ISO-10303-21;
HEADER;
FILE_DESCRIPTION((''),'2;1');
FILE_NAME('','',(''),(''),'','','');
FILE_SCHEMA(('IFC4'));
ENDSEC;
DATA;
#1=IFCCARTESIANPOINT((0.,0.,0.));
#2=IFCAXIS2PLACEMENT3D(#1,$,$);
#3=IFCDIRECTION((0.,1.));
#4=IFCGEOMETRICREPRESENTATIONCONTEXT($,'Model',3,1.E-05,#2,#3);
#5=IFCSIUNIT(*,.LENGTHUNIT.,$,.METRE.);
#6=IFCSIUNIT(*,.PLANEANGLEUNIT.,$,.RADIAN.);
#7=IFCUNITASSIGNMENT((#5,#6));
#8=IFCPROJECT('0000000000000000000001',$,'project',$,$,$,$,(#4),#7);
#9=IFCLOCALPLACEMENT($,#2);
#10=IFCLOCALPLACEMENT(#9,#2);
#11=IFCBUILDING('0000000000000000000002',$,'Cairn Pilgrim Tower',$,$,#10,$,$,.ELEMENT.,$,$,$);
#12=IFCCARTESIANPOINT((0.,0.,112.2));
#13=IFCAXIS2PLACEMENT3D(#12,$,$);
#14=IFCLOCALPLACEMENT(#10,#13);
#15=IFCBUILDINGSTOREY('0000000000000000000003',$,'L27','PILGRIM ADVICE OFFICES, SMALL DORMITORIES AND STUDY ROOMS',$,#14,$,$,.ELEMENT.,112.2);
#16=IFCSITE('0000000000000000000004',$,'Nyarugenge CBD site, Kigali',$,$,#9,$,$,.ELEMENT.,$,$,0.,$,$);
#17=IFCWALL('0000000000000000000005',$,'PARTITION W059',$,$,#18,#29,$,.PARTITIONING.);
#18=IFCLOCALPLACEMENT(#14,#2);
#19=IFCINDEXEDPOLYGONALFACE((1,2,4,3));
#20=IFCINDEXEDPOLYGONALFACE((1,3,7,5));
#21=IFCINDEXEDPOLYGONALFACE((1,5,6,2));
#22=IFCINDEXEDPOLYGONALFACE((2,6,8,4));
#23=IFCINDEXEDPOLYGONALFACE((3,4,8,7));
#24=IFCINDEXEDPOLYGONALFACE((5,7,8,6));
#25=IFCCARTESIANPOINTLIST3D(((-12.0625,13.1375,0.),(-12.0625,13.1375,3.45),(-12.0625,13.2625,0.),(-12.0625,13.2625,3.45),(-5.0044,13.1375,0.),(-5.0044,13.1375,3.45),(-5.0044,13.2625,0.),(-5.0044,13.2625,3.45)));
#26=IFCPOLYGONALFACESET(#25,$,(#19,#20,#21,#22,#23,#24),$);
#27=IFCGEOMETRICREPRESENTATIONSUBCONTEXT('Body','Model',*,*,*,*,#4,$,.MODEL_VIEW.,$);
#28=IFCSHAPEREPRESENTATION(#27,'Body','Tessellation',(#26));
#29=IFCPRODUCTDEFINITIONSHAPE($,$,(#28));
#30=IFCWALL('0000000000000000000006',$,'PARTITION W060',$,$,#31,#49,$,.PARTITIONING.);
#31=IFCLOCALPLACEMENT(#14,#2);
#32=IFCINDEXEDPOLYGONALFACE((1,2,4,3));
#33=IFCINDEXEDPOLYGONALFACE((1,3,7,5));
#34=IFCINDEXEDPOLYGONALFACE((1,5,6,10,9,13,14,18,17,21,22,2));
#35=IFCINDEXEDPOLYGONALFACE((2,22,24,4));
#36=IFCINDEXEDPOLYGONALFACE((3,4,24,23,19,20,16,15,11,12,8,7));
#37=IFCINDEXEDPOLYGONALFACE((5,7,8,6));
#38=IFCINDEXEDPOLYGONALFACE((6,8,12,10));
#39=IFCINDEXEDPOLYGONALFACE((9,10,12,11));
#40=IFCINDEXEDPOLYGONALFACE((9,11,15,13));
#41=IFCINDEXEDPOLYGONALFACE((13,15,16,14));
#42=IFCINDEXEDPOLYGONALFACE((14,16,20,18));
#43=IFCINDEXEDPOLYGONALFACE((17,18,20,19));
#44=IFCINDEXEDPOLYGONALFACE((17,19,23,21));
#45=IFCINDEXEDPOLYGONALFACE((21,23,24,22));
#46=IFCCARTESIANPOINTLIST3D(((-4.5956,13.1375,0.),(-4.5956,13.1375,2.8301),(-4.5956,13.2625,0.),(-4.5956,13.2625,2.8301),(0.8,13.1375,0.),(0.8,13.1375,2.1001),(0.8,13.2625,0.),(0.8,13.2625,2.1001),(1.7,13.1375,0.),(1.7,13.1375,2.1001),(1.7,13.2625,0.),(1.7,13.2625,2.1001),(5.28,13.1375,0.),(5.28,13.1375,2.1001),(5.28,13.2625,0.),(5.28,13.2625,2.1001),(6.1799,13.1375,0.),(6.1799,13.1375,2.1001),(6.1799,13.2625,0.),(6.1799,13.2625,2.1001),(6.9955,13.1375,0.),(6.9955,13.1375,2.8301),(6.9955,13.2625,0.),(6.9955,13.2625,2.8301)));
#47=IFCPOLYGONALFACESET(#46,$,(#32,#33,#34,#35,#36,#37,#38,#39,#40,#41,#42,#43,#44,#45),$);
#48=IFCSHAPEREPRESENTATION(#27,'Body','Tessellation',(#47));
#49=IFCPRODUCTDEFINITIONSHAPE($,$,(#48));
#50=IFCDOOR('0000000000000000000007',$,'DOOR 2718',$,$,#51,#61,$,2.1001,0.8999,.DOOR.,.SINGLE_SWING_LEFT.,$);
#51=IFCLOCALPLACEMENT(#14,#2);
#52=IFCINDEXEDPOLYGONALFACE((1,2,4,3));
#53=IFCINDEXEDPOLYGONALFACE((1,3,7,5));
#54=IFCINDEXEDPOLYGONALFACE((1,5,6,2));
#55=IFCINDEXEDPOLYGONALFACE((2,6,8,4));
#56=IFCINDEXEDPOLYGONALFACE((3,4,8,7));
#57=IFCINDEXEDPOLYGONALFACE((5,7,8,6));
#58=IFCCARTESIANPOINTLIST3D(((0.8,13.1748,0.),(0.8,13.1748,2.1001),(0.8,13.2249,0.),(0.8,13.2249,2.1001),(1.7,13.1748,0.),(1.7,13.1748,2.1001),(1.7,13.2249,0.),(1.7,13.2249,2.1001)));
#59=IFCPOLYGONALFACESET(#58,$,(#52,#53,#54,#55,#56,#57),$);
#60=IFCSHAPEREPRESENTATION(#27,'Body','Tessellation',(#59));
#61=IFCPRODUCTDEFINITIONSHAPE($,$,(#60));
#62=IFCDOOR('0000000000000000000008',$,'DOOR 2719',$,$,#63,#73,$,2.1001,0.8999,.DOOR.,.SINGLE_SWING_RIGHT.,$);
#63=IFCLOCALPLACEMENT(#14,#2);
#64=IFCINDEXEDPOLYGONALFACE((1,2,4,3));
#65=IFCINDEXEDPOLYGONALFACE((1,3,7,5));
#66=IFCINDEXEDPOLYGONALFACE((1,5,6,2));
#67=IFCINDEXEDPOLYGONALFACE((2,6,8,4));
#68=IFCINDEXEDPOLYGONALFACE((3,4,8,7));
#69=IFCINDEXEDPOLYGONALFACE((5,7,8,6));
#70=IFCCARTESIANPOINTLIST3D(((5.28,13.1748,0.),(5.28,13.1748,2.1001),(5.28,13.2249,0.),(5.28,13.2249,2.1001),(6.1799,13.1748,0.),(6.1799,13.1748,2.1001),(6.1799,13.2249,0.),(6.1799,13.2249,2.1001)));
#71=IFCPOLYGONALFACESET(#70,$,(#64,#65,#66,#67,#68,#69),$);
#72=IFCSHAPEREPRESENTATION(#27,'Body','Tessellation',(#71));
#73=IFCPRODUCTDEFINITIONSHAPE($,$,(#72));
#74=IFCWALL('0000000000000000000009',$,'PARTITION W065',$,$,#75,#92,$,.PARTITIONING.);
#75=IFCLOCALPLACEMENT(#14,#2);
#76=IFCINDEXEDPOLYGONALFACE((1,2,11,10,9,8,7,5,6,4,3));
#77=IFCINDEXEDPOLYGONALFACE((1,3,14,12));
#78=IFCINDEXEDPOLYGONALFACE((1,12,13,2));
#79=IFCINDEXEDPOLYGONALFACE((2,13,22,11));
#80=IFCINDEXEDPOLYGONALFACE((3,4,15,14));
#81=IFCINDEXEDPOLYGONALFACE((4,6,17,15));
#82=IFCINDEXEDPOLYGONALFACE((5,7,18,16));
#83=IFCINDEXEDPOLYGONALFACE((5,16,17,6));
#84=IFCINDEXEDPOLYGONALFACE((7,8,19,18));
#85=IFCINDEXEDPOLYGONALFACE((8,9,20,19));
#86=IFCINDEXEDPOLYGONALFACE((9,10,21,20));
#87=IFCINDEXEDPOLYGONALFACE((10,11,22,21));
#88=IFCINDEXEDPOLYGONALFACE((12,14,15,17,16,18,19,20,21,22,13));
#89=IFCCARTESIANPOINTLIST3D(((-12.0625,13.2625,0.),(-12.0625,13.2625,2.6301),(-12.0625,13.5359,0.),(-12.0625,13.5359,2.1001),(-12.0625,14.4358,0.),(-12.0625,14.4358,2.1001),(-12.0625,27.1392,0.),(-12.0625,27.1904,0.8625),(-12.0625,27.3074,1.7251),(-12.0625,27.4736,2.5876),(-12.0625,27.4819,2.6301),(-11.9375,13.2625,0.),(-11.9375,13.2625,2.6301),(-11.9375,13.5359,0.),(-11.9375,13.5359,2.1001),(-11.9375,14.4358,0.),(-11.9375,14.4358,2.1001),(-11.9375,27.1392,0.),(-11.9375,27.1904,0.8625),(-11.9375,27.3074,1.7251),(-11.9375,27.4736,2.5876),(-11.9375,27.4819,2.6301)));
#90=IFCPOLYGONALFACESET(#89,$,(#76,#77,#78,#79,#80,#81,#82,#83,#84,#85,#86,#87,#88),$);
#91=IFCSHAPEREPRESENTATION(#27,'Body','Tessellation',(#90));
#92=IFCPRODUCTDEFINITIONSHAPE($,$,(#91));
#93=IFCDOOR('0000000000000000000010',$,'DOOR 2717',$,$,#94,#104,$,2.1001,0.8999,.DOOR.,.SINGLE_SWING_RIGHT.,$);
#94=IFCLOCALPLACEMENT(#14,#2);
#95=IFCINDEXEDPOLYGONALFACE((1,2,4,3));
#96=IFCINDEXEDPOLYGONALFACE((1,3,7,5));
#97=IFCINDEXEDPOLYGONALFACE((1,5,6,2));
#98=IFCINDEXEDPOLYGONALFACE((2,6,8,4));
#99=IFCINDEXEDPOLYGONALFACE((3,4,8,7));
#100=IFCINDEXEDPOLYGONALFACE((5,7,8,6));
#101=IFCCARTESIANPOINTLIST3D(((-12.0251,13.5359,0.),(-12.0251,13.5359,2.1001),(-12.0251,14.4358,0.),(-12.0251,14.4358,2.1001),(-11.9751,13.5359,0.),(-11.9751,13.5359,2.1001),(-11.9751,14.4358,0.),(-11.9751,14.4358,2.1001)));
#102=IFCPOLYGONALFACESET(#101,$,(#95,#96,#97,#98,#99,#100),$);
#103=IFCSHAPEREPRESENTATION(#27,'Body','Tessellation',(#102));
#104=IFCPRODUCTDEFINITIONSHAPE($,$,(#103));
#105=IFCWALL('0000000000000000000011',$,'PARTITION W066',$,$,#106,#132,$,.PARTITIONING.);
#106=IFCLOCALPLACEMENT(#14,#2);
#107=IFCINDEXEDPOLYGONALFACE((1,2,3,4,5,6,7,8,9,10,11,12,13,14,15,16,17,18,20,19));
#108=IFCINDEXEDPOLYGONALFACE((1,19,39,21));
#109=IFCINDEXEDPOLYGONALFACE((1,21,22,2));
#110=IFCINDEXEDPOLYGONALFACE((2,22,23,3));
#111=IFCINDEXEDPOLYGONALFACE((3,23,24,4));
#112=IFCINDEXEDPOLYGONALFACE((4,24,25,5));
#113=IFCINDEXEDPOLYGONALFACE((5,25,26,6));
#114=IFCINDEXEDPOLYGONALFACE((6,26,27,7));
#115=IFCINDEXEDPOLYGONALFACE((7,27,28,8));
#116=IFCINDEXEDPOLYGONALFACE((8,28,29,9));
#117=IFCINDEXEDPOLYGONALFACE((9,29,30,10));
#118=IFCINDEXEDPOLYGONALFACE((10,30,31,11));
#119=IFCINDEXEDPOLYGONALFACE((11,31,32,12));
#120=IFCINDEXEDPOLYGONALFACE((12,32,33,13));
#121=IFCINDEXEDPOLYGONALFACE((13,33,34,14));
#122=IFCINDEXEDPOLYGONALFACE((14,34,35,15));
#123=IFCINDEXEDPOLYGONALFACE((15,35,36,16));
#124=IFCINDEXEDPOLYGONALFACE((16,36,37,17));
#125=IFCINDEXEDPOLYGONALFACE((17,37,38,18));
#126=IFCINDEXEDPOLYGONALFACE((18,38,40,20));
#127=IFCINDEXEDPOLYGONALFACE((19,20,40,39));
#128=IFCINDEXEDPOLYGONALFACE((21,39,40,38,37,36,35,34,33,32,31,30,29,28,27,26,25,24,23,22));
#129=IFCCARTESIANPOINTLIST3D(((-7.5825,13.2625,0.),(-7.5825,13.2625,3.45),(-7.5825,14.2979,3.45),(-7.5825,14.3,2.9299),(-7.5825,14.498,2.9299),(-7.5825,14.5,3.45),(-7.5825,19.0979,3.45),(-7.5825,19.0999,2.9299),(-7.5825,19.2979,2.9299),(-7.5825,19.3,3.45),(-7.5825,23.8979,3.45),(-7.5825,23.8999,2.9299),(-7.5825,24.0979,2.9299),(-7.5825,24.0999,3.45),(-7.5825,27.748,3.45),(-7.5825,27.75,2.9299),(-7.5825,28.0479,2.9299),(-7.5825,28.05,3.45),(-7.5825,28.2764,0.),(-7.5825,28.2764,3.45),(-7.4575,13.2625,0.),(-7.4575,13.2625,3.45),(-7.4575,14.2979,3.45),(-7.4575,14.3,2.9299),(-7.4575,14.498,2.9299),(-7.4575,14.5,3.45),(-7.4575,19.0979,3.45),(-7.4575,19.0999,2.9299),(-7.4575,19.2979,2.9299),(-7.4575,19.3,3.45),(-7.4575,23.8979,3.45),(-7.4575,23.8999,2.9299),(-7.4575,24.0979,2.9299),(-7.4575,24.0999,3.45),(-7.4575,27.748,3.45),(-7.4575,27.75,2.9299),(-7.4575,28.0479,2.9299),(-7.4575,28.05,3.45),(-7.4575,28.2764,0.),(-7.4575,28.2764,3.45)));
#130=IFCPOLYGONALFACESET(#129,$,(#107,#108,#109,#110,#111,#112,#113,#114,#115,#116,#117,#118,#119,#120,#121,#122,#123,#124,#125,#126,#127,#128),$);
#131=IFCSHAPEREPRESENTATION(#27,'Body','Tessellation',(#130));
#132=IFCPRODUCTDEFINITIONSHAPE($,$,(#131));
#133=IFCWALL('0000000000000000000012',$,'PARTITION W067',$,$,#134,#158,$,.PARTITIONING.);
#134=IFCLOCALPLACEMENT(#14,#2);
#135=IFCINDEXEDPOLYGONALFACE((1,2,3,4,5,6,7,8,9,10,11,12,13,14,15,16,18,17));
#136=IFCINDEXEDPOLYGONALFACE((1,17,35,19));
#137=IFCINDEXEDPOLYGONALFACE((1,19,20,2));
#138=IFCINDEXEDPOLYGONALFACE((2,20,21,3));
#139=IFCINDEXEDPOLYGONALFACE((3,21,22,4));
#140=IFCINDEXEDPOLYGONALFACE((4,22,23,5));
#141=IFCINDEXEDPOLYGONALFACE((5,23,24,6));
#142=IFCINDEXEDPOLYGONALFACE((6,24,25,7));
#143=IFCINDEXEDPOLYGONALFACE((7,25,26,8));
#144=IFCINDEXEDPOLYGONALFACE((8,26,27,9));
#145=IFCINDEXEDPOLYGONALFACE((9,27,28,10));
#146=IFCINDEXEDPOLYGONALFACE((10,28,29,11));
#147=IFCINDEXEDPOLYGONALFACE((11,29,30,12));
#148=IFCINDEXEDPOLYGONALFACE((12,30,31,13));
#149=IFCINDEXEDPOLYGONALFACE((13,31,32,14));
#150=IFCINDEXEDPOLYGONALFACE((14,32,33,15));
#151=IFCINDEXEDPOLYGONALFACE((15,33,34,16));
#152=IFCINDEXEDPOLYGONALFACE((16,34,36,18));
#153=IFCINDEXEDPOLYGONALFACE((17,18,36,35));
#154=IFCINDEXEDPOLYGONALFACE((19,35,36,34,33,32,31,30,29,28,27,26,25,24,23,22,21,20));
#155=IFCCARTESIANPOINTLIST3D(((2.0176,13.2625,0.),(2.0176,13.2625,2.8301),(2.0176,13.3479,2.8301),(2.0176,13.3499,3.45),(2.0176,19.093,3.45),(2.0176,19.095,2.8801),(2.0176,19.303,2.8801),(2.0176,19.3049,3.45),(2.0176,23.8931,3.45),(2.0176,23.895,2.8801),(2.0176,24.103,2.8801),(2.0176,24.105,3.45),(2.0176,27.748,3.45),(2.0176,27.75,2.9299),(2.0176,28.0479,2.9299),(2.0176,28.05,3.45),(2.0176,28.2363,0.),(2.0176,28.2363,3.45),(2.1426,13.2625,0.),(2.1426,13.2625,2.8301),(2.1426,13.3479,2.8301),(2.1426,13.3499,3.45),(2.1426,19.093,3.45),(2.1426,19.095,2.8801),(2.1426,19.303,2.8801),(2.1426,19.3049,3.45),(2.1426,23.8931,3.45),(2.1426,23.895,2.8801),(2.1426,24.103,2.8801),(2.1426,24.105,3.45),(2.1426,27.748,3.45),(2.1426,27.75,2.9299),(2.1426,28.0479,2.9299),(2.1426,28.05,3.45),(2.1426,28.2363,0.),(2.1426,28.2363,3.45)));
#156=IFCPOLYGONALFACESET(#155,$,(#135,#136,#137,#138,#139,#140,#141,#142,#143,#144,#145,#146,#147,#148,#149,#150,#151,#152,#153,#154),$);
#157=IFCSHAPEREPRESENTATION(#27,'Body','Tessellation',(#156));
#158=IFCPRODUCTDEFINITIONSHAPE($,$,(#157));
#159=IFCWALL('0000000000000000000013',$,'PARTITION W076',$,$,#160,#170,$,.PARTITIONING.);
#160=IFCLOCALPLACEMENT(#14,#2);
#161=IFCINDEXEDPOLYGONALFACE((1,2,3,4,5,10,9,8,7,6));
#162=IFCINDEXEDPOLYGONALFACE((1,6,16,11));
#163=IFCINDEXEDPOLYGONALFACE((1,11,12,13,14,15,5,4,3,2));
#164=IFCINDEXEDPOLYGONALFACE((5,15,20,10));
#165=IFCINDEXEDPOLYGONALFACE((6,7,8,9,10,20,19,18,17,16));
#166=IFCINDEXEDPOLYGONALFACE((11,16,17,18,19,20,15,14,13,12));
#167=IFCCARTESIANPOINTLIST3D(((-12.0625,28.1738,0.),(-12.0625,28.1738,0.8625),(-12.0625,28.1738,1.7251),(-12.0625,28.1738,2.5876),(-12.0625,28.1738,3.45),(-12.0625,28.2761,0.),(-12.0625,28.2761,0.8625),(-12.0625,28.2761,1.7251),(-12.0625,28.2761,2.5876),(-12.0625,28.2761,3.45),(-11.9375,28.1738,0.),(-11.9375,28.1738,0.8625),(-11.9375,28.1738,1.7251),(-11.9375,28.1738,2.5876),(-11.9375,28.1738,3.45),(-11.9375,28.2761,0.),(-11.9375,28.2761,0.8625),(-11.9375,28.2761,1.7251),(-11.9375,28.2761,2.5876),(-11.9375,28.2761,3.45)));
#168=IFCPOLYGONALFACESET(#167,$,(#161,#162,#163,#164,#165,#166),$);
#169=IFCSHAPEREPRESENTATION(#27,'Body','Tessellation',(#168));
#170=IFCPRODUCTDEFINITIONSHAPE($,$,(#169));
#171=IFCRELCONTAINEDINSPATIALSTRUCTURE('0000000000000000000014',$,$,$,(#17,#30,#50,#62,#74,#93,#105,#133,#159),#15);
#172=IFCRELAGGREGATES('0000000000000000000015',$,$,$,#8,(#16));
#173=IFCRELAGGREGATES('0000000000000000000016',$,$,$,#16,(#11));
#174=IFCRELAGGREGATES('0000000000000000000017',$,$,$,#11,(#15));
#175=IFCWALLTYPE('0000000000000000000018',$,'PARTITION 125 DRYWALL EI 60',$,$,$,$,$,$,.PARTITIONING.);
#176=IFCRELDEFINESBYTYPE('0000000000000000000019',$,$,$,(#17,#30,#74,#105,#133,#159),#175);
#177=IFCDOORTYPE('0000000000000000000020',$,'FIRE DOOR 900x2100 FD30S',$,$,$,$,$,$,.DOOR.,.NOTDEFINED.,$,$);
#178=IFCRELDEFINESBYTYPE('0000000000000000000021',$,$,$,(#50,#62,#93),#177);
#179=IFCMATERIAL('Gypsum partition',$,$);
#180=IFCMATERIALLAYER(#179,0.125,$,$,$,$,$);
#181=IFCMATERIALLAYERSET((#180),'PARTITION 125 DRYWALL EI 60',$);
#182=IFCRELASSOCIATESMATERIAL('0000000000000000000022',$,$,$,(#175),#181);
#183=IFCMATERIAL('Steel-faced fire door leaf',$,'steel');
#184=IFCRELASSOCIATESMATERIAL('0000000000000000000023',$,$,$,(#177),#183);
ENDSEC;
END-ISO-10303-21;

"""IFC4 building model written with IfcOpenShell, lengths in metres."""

from ifc_helpers import new_model, si_unit, direction, frame, frame_2d, origin, place, context, subcontext, project, spatial, polyline, rectangle, outline, extrude, material, layer, layer_set, type_object, element, fill, save


model = new_model("IFC4")

# Units and contexts
model_context = context("Model", 3, precision=1e-05, world=origin(), true_north=direction((0.0, 1.0)))
body_context = subcontext(model_context, "Body", "Model", "MODEL_VIEW")
ifc_project = project(units=[si_unit("LENGTHUNIT", "METRE"), si_unit("PLANEANGLEUNIT", "RADIAN")], contexts=[model_context])

# Site, building, storey
site_placement = place(None, origin())
site = spatial("IfcSite", under=ifc_project, at=site_placement, Name="Nyarugenge CBD site, Kigali", CompositionType="ELEMENT", RefElevation=0.0)
building_placement = place(site_placement, origin())
building = spatial("IfcBuilding", under=site, at=building_placement, Name="Cairn Pilgrim Tower", CompositionType="ELEMENT")
storey_placement = place(building_placement, frame((0.0, 0.0, 112.2)))
storey = spatial("IfcBuildingStorey", under=building, at=storey_placement, Name="L27", Description="PILGRIM ADVICE OFFICES, SMALL DORMITORIES AND STUDY ROOMS", CompositionType="ELEMENT", Elevation=112.2)

# Shared definitions
ifc_material_1 = material(Name="Gypsum partition")
ifc_layer_1 = layer(ifc_material_1, 0.125)
ifc_layer_set_1 = layer_set([ifc_layer_1], Name="PARTITION 125 DRYWALL EI 60")
wall_type_1 = type_object("IfcWallType", Name="PARTITION 125 DRYWALL EI 60", PredefinedType="PARTITIONING", material=ifc_layer_set_1)
ifc_material_2 = material(Name="Steel-faced fire door leaf", Category="steel")

# Wall
wall_1_placement = place(storey_placement, frame((-12.0625, 13.2, 0.0), z_axis=(0.0, 0.0, 1.0), x_axis=(1.0, 0.0, 0.0)))
element("IfcWall", 1, at=wall_1_placement, inside=storey, type_object=wall_type_1, Name="PARTITION W059", PredefinedType="PARTITIONING", context=body_context, shape_type="SweptSolid", body=[
    extrude(rectangle(XDim=7.0581, YDim=0.125, at=frame_2d((3.5291, 0.0))), origin(), (0.0, 0.0, 1.0), 3.45),
])

# Wall, openings, doors
wall_2_placement = place(storey_placement, frame((-4.5955, 13.2, 0.0), z_axis=(0.0, 0.0, 1.0), x_axis=(1.0, 0.0, 0.0)))
wall_2 = element("IfcWall", 2, at=wall_2_placement, inside=storey, type_object=wall_type_1, Name="PARTITION W060", PredefinedType="PARTITIONING", context=body_context, shape_type="SweptSolid", body=[
    extrude(rectangle(XDim=11.5911, YDim=0.125, at=frame_2d((5.7954, 0.0))), origin(), (0.0, 0.0, 1.0), 2.8301),
])
opening_1_placement = place(wall_2_placement, frame((5.3955, 0.0, 0.0)))
opening_1 = element("IfcOpeningElement", 3, at=opening_1_placement, cuts=wall_2, PredefinedType="OPENING", context=body_context, shape_type="SweptSolid", body=[
    extrude(rectangle(XDim=0.8999, YDim=2.1001, at=frame_2d((0.45, 1.05))), frame((0.0, 0.0725, 0.0), z_axis=(0.0, -1.0, 0.0), x_axis=(1.0, 0.0, 0.0)), (0.0, 0.0, 1.0), 0.145),
])
opening_2_placement = place(wall_2_placement, frame((9.8755, 0.0, 0.0)))
opening_2 = element("IfcOpeningElement", 4, at=opening_2_placement, cuts=wall_2, PredefinedType="OPENING", context=body_context, shape_type="SweptSolid", body=[
    extrude(rectangle(XDim=0.8999, YDim=2.1001, at=frame_2d((0.45, 1.05))), frame((0.0, 0.0725, 0.0), z_axis=(0.0, -1.0, 0.0), x_axis=(1.0, 0.0, 0.0)), (0.0, 0.0, 1.0), 0.145),
])
door_type_1 = type_object("IfcDoorType", Name="FIRE DOOR 900x2100 FD30S", OperationType="NOTDEFINED", PredefinedType="DOOR", material=ifc_material_2)
door_1_placement = place(opening_1_placement, origin())
door_1 = element("IfcDoor", 5, at=door_1_placement, inside=storey, type_object=door_type_1, Name="DOOR 2718", OperationType="SINGLE_SWING_LEFT", OverallHeight=2.1001, OverallWidth=0.8999, PredefinedType="DOOR", context=body_context, shape_type="SweptSolid", body=[
    extrude(rectangle(XDim=0.8999, YDim=2.1001, at=frame_2d((0.45, 1.05))), frame((0.0, 0.0249, 0.0), z_axis=(0.0, -1.0, 0.0), x_axis=(1.0, 0.0, 0.0)), (0.0, 0.0, 1.0), 0.05),
])
fill(opening_1, door_1)
door_2_placement = place(opening_2_placement, origin())
door_2 = element("IfcDoor", 6, at=door_2_placement, inside=storey, type_object=door_type_1, Name="DOOR 2719", OperationType="SINGLE_SWING_RIGHT", OverallHeight=2.1001, OverallWidth=0.8999, PredefinedType="DOOR", context=body_context, shape_type="SweptSolid", body=[
    extrude(rectangle(XDim=0.8999, YDim=2.1001, at=frame_2d((0.45, 1.05))), frame((0.0, 0.0249, 0.0), z_axis=(0.0, -1.0, 0.0), x_axis=(1.0, 0.0, 0.0)), (0.0, 0.0, 1.0), 0.05),
])
fill(opening_2, door_2)

# Wall, opening, door
wall_3_placement = place(storey_placement, frame((-12.0, 13.2625, 0.0), z_axis=(0.0, 0.0, 1.0), x_axis=(0.0, 1.0, 0.0)))
wall_3 = element("IfcWall", 7, at=wall_3_placement, inside=storey, type_object=wall_type_1, Name="PARTITION W065", PredefinedType="PARTITIONING", context=body_context, shape_type="SweptSolid", body=[
    extrude(outline(polyline([(0.0, 0.0), (13.8767, 0.0), (13.928, 0.8625), (14.0449, 1.7251), (14.2112, 2.5876), (14.2195, 2.6301), (0.0, 2.6301), (0.0, 2.5876), (0.0, 1.7251), (0.0, 0.8625), (0.0, 0.0)])), frame((0.0, 0.0625, 0.0), z_axis=(0.0, -1.0, 0.0), x_axis=(1.0, 0.0, 0.0)), (0.0, 0.0, 1.0), 0.125),
])
opening_3_placement = place(wall_3_placement, frame((0.2734, 0.0, 0.0)))
opening_3 = element("IfcOpeningElement", 8, at=opening_3_placement, cuts=wall_3, PredefinedType="OPENING", context=body_context, shape_type="SweptSolid", body=[
    extrude(rectangle(XDim=0.8999, YDim=2.1001, at=frame_2d((0.45, 1.05))), frame((0.0, 0.0725, 0.0), z_axis=(0.0, -1.0, 0.0), x_axis=(1.0, 0.0, 0.0)), (0.0, 0.0, 1.0), 0.145),
])
door_3_placement = place(opening_3_placement, frame((0.8999, 0.0, 0.0), z_axis=(0.0, 0.0, 1.0), x_axis=(-1.0, 0.0, 0.0)))
door_3 = element("IfcDoor", 9, at=door_3_placement, inside=storey, type_object=door_type_1, Name="DOOR 2717", OperationType="SINGLE_SWING_RIGHT", OverallHeight=2.1001, OverallWidth=0.8999, PredefinedType="DOOR", context=body_context, shape_type="SweptSolid", body=[
    extrude(rectangle(XDim=0.8999, YDim=2.1001, at=frame_2d((0.45, 1.05))), frame((0.0, 0.0249, 0.0), z_axis=(0.0, -1.0, 0.0), x_axis=(1.0, 0.0, 0.0)), (0.0, 0.0, 1.0), 0.05),
])
fill(opening_3, door_3)

# Walls
wall_4_placement = place(storey_placement, frame((-7.52, 13.2625, 0.0), z_axis=(0.0, 0.0, 1.0), x_axis=(0.0, 1.0, 0.0)))
element("IfcWall", 10, at=wall_4_placement, inside=storey, type_object=wall_type_1, Name="PARTITION W066", PredefinedType="PARTITIONING", context=body_context, shape_type="SweptSolid", body=[
    extrude(outline(polyline([(0.0, 0.0), (15.0139, 0.0), (15.0139, 3.45), (14.7876, 3.45), (14.7854, 2.9299), (14.4875, 2.9299), (14.4856, 3.45), (10.8374, 3.45), (10.8354, 2.9299), (10.6375, 2.9299), (10.6355, 3.45), (6.0376, 3.45), (6.0354, 2.9299), (5.8374, 2.9299), (5.8354, 3.45), (1.2375, 3.45), (1.2356, 2.9299), (1.0376, 2.9299), (1.0354, 3.45), (0.0, 3.45), (0.0, 0.0)])), frame((0.0, 0.0625, 0.0), z_axis=(0.0, -1.0, 0.0), x_axis=(1.0, 0.0, 0.0)), (0.0, 0.0, 1.0), 0.125),
])
wall_5_placement = place(storey_placement, frame((2.0801, 13.2625, 0.0), z_axis=(0.0, 0.0, 1.0), x_axis=(0.0, 1.0, 0.0)))
element("IfcWall", 11, at=wall_5_placement, inside=storey, type_object=wall_type_1, Name="PARTITION W067", PredefinedType="PARTITIONING", context=body_context, shape_type="SweptSolid", body=[
    extrude(outline(polyline([(0.0, 0.0), (14.9739, 0.0), (14.9739, 3.45), (14.7876, 3.45), (14.7854, 2.9299), (14.4875, 2.9299), (14.4856, 3.45), (10.8425, 3.45), (10.8406, 2.8801), (10.6326, 2.8801), (10.6306, 3.45), (6.0425, 3.45), (6.0405, 2.8801), (5.8325, 2.8801), (5.8306, 3.45), (0.0874, 3.45), (0.0854, 2.8301), (0.0, 2.8301), (0.0, 0.0)])), frame((0.0, 0.0625, 0.0), z_axis=(0.0, -1.0, 0.0), x_axis=(1.0, 0.0, 0.0)), (0.0, 0.0, 1.0), 0.125),
])
wall_6_placement = place(storey_placement, frame((-12.0, 28.1738, 0.0), z_axis=(0.0, 0.0, 1.0), x_axis=(0.0, 1.0, 0.0)))
element("IfcWall", 12, at=wall_6_placement, inside=storey, type_object=wall_type_1, Name="PARTITION W076", PredefinedType="PARTITIONING", context=body_context, shape_type="SweptSolid", body=[
    extrude(outline(polyline([(0.0, 0.0), (0.1023, 0.0), (0.1023, 0.8625), (0.1023, 1.7251), (0.1023, 2.5876), (0.1023, 3.45), (0.0, 3.45), (0.0, 2.5876), (0.0, 1.7251), (0.0, 0.8625), (0.0, 0.0)])), frame((0.0, 0.0625, 0.0), z_axis=(0.0, -1.0, 0.0), x_axis=(1.0, 0.0, 0.0)), (0.0, 0.0, 1.0), 0.125),
])

save(model, "model.ifc")
